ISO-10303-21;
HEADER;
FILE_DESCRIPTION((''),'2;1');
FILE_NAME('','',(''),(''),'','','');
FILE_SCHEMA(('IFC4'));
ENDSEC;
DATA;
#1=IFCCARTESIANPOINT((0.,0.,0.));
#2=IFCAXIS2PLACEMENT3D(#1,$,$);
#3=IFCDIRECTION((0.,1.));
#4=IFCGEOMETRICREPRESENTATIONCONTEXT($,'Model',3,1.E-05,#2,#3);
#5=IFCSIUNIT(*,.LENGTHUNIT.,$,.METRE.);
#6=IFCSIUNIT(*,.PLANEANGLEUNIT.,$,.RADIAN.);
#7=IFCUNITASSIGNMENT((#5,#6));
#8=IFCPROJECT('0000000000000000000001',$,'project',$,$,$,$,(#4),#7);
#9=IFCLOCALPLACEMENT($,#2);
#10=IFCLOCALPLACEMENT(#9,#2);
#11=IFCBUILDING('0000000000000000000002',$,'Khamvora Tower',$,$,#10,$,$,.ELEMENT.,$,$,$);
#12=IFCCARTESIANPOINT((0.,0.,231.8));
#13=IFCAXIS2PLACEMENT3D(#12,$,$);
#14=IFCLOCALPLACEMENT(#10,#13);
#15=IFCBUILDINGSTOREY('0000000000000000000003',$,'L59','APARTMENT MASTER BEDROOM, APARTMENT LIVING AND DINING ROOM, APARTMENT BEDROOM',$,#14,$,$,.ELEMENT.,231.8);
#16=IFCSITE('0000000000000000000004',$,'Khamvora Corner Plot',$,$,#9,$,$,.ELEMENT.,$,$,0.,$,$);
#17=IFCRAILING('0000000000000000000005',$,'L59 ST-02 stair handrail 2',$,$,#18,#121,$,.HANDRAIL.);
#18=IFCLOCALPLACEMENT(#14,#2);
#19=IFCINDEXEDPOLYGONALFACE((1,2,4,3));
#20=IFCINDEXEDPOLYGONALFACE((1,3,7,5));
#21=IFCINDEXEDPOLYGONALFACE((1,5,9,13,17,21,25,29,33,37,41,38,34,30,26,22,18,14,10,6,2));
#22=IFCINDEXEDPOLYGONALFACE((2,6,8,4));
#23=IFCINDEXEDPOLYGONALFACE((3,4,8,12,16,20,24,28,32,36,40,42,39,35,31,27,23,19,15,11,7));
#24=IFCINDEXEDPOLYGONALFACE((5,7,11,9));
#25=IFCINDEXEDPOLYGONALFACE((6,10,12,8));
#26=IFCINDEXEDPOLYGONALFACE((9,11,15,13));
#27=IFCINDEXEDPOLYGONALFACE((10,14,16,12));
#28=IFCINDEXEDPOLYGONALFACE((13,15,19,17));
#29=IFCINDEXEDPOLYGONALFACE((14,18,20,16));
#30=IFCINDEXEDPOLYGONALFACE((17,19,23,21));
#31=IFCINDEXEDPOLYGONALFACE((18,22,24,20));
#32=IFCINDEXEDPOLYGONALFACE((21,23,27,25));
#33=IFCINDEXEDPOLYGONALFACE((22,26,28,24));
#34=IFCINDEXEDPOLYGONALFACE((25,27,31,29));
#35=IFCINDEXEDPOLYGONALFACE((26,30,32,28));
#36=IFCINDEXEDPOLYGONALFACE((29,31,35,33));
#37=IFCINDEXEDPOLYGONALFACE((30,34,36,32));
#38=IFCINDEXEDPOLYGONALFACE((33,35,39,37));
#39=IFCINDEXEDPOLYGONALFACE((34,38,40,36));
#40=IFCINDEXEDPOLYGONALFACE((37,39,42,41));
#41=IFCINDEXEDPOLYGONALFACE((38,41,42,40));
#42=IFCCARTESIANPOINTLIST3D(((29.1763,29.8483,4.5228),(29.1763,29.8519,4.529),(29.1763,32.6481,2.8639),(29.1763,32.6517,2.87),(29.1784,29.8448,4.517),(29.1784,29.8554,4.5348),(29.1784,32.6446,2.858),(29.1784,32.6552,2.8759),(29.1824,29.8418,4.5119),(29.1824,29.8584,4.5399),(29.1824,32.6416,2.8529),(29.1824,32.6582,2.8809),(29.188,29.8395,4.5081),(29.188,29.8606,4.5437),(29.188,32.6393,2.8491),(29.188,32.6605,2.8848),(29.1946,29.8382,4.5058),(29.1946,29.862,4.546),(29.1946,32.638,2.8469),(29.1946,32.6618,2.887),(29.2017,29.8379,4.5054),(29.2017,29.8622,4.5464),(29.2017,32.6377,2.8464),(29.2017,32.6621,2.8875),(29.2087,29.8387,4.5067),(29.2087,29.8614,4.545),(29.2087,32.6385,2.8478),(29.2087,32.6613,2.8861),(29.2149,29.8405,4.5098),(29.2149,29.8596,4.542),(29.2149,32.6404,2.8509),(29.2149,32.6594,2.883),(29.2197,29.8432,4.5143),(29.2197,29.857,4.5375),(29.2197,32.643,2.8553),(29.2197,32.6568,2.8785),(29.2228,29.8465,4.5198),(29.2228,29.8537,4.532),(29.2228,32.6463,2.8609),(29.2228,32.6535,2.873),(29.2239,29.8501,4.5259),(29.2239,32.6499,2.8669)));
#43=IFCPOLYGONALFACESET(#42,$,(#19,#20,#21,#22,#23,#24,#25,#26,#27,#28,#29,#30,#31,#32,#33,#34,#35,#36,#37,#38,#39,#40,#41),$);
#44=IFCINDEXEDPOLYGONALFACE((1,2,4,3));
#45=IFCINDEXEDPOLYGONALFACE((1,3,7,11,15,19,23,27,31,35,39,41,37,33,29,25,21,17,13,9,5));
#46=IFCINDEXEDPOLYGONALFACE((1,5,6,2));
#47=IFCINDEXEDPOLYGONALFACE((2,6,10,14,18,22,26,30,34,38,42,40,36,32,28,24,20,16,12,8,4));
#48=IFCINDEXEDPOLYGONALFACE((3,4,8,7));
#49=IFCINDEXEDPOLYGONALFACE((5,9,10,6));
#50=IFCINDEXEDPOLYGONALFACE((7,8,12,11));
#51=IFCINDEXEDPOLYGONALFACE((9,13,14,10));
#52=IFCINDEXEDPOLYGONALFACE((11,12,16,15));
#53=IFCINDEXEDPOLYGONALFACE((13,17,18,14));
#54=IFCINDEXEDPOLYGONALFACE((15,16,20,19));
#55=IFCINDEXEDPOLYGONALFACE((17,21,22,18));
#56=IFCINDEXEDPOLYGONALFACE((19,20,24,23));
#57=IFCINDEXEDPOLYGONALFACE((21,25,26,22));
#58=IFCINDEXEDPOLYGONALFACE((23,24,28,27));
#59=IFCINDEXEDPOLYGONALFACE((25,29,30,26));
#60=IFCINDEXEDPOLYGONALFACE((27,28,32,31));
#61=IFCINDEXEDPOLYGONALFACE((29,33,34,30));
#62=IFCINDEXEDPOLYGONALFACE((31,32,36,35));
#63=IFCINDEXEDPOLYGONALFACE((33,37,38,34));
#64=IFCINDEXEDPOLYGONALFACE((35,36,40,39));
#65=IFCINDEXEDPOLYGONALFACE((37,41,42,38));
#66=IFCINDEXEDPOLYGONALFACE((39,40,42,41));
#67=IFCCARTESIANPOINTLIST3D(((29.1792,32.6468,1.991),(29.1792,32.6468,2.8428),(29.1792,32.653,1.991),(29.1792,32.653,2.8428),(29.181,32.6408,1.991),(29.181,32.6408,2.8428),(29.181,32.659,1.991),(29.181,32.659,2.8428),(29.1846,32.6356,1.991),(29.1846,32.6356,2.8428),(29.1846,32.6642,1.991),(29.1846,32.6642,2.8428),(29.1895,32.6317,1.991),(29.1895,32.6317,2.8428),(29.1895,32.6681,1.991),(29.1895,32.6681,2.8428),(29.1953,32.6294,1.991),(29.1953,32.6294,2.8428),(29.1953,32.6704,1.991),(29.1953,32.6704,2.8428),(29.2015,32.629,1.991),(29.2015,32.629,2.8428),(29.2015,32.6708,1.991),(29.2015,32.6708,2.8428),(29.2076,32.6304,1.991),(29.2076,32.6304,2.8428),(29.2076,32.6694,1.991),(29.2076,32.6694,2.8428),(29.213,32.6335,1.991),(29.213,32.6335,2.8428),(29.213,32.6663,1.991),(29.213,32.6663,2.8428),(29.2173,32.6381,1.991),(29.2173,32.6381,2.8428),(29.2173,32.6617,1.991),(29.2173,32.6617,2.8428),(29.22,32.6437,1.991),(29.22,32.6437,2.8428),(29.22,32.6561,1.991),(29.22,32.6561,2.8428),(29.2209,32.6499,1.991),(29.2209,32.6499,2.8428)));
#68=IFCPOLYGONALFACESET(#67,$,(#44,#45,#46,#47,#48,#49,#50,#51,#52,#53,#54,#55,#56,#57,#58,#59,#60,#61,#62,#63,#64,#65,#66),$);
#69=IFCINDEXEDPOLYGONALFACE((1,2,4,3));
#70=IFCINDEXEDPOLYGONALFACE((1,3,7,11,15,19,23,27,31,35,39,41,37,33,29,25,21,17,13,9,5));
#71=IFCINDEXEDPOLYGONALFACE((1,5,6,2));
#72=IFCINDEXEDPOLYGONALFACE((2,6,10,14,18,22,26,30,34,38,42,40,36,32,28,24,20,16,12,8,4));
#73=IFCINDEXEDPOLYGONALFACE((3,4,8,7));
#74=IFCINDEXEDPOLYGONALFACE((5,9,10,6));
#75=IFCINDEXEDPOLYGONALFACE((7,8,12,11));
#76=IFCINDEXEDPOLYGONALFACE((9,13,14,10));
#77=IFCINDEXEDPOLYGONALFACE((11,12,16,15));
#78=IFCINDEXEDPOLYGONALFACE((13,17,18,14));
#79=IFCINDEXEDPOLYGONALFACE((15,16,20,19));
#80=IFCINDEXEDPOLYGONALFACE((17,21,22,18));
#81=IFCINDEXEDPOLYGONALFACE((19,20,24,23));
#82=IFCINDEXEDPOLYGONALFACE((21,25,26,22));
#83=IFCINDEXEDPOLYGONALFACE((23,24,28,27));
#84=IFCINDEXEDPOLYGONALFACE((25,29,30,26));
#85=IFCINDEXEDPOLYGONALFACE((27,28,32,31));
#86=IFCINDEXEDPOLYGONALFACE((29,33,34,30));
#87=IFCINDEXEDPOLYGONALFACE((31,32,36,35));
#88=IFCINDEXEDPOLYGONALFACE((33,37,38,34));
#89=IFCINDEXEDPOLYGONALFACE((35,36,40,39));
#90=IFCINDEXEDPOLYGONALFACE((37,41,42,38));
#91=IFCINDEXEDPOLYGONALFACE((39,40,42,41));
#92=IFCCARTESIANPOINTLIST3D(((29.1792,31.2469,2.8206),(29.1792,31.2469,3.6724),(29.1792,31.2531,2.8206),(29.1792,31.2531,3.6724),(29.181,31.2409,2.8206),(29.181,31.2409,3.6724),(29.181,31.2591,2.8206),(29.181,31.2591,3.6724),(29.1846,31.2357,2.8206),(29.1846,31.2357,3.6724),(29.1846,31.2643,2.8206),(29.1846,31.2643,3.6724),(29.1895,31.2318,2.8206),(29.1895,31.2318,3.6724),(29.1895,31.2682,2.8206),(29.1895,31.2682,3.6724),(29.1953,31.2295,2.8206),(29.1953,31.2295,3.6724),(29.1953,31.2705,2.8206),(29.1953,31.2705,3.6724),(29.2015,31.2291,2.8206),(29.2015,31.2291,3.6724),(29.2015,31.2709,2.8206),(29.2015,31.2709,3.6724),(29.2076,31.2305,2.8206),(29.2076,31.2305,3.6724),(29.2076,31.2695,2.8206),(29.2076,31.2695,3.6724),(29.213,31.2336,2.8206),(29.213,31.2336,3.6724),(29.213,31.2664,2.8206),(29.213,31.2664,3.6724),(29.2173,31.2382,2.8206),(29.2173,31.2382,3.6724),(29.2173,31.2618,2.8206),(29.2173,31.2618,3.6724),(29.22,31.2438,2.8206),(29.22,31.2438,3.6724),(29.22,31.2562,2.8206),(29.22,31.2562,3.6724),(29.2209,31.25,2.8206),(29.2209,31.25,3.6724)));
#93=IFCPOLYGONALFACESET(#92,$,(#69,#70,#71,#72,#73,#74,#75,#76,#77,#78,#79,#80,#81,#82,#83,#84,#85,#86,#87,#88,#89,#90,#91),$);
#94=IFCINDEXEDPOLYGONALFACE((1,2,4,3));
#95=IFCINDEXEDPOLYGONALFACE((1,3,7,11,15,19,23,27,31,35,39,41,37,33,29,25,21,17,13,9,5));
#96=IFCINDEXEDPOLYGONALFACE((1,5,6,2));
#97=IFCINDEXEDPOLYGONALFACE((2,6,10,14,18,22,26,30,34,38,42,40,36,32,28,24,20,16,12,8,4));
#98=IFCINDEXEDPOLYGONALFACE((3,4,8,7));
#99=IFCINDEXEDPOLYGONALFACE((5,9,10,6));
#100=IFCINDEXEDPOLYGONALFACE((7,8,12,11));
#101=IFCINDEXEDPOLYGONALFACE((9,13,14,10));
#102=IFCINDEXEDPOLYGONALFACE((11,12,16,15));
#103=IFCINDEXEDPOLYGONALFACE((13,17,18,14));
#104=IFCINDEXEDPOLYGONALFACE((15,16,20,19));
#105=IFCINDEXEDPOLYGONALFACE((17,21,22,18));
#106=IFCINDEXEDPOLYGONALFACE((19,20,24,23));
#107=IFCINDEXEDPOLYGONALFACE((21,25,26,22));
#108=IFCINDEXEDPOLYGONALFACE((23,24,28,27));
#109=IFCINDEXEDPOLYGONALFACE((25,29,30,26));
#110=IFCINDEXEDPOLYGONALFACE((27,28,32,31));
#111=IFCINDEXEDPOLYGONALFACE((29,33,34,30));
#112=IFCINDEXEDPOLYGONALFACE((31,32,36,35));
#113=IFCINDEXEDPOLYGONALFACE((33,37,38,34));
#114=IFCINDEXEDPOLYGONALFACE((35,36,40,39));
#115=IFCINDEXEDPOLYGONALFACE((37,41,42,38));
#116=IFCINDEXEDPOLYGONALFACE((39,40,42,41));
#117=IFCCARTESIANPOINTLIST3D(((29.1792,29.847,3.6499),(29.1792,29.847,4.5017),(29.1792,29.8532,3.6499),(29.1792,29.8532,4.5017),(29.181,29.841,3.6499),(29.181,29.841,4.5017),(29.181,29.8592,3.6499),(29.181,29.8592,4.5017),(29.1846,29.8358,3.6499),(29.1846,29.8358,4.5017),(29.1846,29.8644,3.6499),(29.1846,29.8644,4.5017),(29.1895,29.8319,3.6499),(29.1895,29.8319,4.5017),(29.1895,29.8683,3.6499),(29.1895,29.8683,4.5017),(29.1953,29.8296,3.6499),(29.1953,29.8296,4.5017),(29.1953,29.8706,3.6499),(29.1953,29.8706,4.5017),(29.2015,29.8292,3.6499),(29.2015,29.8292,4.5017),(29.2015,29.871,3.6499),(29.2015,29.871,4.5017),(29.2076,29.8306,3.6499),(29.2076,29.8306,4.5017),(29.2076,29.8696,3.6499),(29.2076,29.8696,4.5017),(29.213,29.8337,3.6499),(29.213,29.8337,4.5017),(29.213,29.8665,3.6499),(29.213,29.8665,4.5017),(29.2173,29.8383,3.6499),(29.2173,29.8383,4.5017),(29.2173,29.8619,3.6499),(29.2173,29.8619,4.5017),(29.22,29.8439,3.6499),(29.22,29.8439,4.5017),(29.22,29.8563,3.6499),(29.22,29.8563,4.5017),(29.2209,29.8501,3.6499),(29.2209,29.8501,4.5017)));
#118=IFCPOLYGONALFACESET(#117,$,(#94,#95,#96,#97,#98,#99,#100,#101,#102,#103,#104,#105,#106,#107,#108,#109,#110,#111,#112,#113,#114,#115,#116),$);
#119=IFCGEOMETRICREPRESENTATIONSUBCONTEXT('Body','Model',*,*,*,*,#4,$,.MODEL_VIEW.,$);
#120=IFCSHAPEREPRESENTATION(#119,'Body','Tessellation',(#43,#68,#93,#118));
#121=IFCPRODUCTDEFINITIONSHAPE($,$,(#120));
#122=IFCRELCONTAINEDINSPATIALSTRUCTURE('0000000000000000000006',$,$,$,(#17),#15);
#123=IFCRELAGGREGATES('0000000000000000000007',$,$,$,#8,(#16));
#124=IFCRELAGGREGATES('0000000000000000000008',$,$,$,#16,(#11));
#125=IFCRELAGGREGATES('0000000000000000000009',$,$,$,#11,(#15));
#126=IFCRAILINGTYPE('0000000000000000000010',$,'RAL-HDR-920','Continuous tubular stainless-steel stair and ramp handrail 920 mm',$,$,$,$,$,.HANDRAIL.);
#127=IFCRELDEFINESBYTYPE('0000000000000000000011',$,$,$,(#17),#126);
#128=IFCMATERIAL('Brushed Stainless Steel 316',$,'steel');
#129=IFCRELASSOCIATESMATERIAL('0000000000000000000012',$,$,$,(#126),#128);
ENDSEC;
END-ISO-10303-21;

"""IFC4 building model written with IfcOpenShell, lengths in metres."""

from ifc_helpers import new_model, si_unit, direction, frame, origin, origin_2d, place, context, subcontext, project, spatial, circle, extrude, material, type_object, element, save


model = new_model("IFC4")

# Units and contexts
model_context = context("Model", 3, precision=1e-05, world=origin(), true_north=direction((0.0, 1.0)))
body_context = subcontext(model_context, "Body", "Model", "MODEL_VIEW")
ifc_project = project(units=[si_unit("LENGTHUNIT", "METRE"), si_unit("PLANEANGLEUNIT", "RADIAN")], contexts=[model_context])

# Site, building, storey
site_placement = place(None, origin())
site = spatial("IfcSite", under=ifc_project, at=site_placement, Name="Khamvora Corner Plot", CompositionType="ELEMENT", RefElevation=0.0)
building_placement = place(site_placement, origin())
building = spatial("IfcBuilding", under=site, at=building_placement, Name="Khamvora Tower", CompositionType="ELEMENT")
storey_placement = place(building_placement, frame((0.0, 0.0, 231.8)))
storey = spatial("IfcBuildingStorey", under=building, at=storey_placement, Name="L59", Description="APARTMENT MASTER BEDROOM, APARTMENT LIVING AND DINING ROOM, APARTMENT BEDROOM", CompositionType="ELEMENT", Elevation=231.8)

# Railing
ifc_material_1 = material(Name="Brushed Stainless Steel 316", Category="steel")
railing_type_1 = type_object("IfcRailingType", Name="RAL-HDR-920", Description="Continuous tubular stainless-steel stair and ramp handrail 920 mm", PredefinedType="HANDRAIL", material=ifc_material_1)
railing_1_placement = place(storey_placement, frame((29.2, 32.6499, 1.991)))
element("IfcRailing", 1, at=railing_1_placement, inside=storey, type_object=railing_type_1, Name="L59 ST-02 stair handrail 2", PredefinedType="HANDRAIL", context=body_context, shape_type="SweptSolid", body=[
    extrude(circle(Radius=0.0239, at=origin_2d()), frame((0.0, 0.0, 0.876), z_axis=(0.0, -0.86032, 0.509755), x_axis=(1.0, 0.0, 0.0)), (0.0, 0.0, 1.0), 3.2544),
    extrude(circle(Radius=0.021, at=origin_2d()), origin(), (0.0, 0.0, 1.0), 0.8518),
    extrude(circle(Radius=0.021, at=origin_2d()), frame((0.0, -1.3999, 0.8296)), (0.0, 0.0, 1.0), 0.8518),
    extrude(circle(Radius=0.021, at=origin_2d()), frame((0.0, -2.7998, 1.6589)), (0.0, 0.0, 1.0), 0.8518),
])

save(model, "model.ifc")
